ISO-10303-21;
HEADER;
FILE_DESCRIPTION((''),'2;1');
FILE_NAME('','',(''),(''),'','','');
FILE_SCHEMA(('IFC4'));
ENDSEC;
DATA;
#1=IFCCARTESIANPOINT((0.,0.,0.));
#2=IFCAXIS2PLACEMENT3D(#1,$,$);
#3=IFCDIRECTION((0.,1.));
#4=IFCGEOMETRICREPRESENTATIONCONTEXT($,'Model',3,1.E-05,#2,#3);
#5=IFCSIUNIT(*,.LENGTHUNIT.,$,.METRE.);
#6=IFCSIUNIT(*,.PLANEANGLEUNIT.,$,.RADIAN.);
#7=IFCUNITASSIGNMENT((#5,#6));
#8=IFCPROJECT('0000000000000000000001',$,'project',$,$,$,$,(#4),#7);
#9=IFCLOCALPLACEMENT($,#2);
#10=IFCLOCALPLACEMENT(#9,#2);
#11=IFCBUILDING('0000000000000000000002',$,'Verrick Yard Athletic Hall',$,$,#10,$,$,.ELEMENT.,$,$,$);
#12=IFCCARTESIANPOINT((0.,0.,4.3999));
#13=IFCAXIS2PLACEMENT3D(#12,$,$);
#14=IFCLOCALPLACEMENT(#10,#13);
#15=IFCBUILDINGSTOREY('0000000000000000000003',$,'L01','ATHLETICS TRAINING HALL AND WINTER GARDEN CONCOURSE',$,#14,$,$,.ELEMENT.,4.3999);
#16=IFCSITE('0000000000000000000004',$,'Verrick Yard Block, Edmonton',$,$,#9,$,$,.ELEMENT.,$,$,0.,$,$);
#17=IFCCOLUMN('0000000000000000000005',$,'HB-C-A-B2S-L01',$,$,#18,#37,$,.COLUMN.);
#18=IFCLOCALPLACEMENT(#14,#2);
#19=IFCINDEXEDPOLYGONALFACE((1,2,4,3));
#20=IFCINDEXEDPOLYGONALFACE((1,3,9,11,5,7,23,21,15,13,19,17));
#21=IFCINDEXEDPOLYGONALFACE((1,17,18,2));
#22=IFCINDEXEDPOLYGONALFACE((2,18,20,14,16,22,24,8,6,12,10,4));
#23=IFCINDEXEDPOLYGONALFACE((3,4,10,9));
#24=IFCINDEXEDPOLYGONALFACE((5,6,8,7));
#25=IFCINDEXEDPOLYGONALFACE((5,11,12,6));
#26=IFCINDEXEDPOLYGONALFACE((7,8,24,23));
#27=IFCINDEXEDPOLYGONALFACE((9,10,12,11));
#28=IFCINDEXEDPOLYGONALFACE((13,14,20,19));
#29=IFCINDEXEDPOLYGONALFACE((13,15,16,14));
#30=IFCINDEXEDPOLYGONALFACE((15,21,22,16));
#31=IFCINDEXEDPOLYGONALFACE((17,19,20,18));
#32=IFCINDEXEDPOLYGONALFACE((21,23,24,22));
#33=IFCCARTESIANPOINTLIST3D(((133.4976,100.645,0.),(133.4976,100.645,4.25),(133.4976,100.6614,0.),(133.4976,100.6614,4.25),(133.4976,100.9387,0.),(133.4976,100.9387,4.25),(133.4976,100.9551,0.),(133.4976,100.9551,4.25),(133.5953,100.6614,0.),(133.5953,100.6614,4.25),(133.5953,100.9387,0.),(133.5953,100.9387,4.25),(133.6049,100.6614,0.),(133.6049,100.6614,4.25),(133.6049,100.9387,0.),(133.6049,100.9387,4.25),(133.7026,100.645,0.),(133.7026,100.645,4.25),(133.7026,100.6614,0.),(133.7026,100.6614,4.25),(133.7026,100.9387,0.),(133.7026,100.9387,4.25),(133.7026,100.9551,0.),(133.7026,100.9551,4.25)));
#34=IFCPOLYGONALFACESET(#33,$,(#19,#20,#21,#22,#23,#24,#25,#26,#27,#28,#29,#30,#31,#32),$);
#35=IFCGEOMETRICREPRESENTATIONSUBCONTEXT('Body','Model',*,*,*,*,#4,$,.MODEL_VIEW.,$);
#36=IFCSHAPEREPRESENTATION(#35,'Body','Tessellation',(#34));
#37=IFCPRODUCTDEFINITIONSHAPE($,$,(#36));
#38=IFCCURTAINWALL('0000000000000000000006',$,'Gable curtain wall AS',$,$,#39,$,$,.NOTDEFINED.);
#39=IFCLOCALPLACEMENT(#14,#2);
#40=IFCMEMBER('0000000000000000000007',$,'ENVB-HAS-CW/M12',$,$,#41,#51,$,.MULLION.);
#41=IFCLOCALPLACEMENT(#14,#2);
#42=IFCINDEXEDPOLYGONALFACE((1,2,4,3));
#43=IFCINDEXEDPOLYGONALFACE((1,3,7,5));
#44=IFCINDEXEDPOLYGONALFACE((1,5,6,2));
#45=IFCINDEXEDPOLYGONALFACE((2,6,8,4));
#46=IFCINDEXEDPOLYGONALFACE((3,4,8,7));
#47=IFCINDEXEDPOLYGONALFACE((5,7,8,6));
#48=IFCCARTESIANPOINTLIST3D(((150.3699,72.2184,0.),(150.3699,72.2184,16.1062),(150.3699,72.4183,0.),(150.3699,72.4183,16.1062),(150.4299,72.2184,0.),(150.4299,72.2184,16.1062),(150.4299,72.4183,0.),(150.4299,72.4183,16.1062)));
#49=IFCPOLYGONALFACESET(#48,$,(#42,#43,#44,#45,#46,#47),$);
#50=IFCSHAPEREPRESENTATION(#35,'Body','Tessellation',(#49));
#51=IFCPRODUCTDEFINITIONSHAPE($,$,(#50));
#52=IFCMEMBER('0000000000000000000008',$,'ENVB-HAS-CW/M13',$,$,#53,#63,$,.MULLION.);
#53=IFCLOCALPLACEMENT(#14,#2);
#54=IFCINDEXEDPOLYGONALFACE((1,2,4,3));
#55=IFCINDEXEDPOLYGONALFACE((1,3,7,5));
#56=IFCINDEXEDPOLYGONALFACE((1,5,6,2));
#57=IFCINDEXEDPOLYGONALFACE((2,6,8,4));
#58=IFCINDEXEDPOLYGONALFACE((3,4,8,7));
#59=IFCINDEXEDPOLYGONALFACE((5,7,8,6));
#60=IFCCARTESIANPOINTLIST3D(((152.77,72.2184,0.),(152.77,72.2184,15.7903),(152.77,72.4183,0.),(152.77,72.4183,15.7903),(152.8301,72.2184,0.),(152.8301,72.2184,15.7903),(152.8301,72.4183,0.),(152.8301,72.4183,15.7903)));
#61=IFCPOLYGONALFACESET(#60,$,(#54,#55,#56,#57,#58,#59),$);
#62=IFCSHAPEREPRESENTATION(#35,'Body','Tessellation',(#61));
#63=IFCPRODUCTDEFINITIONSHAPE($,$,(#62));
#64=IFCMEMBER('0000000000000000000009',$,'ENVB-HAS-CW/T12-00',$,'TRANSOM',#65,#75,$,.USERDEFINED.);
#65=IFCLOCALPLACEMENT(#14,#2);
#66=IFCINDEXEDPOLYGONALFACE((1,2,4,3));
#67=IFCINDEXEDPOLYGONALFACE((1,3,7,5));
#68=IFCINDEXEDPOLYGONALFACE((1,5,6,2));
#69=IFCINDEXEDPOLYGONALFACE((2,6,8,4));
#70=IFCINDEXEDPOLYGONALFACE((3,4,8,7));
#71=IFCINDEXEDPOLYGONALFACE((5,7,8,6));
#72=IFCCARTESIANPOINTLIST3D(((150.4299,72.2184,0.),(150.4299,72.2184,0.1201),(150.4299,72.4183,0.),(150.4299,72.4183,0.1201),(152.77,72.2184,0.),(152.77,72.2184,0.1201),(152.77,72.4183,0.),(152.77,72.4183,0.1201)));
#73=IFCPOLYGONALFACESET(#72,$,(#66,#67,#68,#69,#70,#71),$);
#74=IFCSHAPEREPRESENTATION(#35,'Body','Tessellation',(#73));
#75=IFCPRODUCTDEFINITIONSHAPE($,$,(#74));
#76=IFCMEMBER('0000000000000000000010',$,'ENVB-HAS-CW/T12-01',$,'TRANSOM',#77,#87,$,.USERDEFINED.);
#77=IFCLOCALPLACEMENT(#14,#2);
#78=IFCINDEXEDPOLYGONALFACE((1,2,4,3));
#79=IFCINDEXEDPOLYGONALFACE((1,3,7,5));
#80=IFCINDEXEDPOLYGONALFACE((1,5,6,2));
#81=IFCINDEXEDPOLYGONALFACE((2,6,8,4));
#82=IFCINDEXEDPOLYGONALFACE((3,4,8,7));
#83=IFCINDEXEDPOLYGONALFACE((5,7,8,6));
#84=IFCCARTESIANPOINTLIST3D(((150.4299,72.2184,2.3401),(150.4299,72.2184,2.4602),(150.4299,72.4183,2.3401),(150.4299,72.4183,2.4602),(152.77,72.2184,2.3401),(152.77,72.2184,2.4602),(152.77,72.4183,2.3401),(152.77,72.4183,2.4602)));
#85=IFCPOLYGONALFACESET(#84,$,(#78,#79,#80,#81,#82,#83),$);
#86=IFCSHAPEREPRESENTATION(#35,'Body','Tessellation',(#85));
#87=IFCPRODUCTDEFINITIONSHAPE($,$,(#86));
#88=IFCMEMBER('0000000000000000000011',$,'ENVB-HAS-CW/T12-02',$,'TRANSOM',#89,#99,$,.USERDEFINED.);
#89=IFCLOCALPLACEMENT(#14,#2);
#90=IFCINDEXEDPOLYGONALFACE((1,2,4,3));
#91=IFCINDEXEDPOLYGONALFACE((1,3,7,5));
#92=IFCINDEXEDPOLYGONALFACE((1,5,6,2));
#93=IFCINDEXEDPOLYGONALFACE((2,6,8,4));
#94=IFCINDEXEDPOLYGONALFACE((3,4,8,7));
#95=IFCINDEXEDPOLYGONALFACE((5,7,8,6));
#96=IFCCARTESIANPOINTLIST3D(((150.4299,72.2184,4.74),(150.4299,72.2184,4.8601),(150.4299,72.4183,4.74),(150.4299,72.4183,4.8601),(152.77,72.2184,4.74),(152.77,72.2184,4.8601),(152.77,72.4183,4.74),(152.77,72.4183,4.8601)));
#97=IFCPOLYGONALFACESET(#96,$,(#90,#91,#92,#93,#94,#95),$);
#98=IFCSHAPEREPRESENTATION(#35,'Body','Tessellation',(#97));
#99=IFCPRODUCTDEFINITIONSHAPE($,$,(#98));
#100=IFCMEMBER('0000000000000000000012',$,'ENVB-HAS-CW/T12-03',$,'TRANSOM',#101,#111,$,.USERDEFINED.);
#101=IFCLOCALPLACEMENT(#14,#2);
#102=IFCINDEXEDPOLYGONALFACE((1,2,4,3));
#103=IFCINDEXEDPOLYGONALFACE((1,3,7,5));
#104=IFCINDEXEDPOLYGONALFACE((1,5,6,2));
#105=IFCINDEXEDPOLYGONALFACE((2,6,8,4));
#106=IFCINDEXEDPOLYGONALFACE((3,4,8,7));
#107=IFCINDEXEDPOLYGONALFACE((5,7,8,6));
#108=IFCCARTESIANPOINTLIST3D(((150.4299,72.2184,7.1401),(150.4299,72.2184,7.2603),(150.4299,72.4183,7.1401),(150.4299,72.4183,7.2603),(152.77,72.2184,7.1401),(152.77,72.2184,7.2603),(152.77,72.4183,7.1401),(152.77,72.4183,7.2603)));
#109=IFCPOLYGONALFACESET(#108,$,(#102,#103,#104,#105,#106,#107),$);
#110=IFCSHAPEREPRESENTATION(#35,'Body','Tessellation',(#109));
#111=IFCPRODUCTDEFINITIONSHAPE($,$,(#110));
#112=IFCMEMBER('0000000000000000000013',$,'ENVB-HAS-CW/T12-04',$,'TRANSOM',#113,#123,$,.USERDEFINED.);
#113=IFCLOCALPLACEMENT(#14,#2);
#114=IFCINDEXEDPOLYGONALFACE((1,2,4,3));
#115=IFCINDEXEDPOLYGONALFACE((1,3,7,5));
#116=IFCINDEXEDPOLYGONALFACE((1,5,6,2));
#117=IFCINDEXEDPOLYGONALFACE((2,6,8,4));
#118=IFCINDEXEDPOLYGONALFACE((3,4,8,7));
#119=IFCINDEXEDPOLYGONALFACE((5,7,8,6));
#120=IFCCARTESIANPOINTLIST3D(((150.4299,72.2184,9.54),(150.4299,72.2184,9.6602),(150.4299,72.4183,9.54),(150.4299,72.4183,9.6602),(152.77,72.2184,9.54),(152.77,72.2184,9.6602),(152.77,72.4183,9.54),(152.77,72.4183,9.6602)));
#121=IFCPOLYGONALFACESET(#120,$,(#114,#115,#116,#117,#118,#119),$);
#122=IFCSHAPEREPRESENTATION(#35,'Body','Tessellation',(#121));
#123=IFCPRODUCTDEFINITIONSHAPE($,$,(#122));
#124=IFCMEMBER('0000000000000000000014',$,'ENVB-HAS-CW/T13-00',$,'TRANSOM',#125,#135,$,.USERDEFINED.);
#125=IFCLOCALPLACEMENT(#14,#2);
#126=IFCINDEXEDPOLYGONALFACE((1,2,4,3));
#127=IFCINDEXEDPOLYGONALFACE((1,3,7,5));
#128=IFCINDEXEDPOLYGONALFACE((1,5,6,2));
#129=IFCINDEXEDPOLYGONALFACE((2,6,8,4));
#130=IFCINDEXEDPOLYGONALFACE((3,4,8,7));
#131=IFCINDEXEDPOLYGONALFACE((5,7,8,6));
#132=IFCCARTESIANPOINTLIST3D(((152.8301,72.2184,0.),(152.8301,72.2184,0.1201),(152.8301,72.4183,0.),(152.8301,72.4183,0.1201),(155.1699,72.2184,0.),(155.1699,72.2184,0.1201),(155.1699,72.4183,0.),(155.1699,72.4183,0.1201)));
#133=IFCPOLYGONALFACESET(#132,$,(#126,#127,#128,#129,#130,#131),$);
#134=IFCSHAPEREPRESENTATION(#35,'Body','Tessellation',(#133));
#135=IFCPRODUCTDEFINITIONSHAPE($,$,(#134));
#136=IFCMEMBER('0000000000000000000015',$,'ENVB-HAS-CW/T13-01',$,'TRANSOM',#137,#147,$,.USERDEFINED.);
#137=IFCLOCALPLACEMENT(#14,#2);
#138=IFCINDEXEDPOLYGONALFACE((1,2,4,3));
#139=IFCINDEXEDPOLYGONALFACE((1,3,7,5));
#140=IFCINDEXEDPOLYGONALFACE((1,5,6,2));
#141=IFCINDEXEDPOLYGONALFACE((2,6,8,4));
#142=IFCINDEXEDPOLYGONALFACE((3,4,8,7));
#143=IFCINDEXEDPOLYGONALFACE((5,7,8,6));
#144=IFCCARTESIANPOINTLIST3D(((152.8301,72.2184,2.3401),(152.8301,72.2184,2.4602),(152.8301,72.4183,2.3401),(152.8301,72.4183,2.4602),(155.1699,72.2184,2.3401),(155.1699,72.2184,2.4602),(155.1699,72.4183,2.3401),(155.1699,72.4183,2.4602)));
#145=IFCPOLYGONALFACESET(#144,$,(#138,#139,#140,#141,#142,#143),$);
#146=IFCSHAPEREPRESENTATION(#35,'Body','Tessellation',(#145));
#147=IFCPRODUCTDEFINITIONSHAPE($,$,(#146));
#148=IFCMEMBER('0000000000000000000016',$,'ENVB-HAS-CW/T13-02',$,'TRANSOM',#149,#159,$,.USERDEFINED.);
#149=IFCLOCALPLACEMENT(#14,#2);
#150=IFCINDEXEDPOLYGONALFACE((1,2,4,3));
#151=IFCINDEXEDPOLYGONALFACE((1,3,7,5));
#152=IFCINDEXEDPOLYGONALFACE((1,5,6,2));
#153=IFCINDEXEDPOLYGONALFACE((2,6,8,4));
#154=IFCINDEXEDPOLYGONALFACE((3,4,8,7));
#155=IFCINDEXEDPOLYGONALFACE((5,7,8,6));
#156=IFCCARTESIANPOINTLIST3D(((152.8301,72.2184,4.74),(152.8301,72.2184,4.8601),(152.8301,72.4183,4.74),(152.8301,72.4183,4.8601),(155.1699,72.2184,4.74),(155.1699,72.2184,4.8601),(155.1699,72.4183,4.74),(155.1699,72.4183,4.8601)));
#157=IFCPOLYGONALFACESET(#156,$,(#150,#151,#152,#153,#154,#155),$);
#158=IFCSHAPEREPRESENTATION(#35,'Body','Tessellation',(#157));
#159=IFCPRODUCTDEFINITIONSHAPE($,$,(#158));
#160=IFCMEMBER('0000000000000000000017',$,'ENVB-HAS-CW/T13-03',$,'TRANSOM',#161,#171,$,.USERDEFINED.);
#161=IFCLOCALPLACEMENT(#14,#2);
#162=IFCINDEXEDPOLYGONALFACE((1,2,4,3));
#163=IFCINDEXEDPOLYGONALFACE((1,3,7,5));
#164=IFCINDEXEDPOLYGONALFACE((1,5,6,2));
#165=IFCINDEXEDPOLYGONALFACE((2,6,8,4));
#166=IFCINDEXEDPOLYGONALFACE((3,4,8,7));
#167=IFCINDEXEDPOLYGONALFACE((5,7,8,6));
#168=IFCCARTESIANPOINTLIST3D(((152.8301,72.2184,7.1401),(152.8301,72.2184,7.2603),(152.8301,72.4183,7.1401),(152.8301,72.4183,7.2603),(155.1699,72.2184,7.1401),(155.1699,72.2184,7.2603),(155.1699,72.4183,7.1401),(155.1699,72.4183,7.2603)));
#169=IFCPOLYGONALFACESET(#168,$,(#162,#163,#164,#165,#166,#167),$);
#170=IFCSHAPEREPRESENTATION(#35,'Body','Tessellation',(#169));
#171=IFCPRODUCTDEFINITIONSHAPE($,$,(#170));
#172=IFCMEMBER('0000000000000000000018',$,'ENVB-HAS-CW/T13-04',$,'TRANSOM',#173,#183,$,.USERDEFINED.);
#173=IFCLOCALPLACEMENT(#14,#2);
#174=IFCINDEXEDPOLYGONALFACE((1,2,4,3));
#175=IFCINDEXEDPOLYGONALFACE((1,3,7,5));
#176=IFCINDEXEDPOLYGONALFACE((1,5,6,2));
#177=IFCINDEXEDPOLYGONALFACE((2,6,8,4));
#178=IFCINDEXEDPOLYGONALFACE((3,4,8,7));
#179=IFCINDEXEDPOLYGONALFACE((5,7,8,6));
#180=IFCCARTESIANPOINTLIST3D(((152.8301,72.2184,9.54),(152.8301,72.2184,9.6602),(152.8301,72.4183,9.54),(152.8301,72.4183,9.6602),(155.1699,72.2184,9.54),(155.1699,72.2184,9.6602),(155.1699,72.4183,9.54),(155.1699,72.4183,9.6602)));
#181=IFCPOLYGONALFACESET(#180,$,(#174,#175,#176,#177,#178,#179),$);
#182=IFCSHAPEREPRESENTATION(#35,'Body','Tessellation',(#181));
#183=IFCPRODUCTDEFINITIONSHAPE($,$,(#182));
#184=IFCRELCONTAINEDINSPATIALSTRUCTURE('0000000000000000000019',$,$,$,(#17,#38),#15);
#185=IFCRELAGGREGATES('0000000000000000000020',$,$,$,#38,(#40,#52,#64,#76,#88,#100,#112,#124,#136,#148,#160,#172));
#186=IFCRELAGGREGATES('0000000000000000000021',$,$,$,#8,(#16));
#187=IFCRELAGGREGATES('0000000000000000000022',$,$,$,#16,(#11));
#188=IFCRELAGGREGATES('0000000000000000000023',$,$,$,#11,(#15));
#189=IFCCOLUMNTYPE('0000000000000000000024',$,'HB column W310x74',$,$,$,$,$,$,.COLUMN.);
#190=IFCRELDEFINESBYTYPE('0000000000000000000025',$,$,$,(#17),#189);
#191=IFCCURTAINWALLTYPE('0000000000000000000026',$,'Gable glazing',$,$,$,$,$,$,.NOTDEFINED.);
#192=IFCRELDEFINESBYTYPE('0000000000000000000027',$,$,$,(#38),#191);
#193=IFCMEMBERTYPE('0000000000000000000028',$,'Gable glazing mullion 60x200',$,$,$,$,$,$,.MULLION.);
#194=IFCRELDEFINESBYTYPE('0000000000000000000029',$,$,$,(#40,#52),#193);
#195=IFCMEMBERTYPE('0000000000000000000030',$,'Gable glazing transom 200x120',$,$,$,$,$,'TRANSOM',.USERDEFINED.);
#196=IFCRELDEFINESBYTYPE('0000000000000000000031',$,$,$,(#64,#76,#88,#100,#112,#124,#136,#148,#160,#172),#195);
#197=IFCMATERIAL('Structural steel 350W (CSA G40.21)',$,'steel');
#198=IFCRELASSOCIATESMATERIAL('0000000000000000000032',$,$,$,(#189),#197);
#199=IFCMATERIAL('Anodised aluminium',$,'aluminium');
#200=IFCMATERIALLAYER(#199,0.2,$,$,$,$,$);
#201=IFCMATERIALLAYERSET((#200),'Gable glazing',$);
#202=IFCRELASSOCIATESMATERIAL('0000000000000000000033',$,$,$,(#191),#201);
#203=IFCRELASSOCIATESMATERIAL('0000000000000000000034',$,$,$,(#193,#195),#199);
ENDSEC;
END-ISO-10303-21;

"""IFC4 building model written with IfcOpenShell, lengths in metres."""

from ifc_helpers import new_model, si_unit, direction, frame, origin, origin_2d, place, context, subcontext, project, spatial, rectangle, i_section, extrude, material, layer, layer_set, material_profile, profile_set, type_object, element, aggregate, save


model = new_model("IFC4")

# Units and contexts
model_context = context("Model", 3, precision=1e-05, world=origin(), true_north=direction((0.0, 1.0)))
body_context = subcontext(model_context, "Body", "Model", "MODEL_VIEW")
ifc_project = project(units=[si_unit("LENGTHUNIT", "METRE"), si_unit("PLANEANGLEUNIT", "RADIAN")], contexts=[model_context])

# Site, building, storey
site_placement = place(None, origin())
site = spatial("IfcSite", under=ifc_project, at=site_placement, Name="Verrick Yard Block, Edmonton", CompositionType="ELEMENT", RefElevation=0.0)
building_placement = place(site_placement, origin())
building = spatial("IfcBuilding", under=site, at=building_placement, Name="Verrick Yard Athletic Hall", CompositionType="ELEMENT")
storey_placement = place(building_placement, frame((0.0, 0.0, 4.3999)))
storey = spatial("IfcBuildingStorey", under=building, at=storey_placement, Name="L01", Description="ATHLETICS TRAINING HALL AND WINTER GARDEN CONCOURSE", CompositionType="ELEMENT", Elevation=4.3999)

# Column
ifc_material_1 = material(Name="Structural steel 350W (CSA G40.21)", Category="steel")
ifc_material_profile_1 = material_profile(ifc_material_1, i_section(OverallWidth=0.2051, OverallDepth=0.3101, WebThickness=0.0095, FlangeThickness=0.0164, at=origin_2d()), Name="W310x74")
ifc_profile_set_1 = profile_set([ifc_material_profile_1], Name="Structural steel 350W (CSA G40.21)")
column_type = type_object("IfcColumnType", Name="HB column W310x74", PredefinedType="COLUMN", material=ifc_profile_set_1)
column_placement = place(storey_placement, frame((133.6001, 100.8, 0.0), z_axis=(0.0, 0.0, 1.0), x_axis=(1.0, 0.0, 0.0)))
element("IfcColumn", 1, at=column_placement, inside=storey, type_object=column_type, Name="HB-C-A-B2S-L01", PredefinedType="COLUMN", context=body_context, shape_type="SweptSolid", body=[
    extrude(i_section(OverallWidth=0.2051, OverallDepth=0.3101, WebThickness=0.0095, FlangeThickness=0.0164, at=origin_2d()), origin(), (0.0, 0.0, 1.0), 4.25),
])

# Curtain wall, members
ifc_material_2 = material(Name="Anodised aluminium", Category="aluminium")
ifc_layer_1 = layer(ifc_material_2, 0.2)
ifc_layer_set_1 = layer_set([ifc_layer_1], Name="Gable glazing")
curtain_wall_type = type_object("IfcCurtainWallType", Name="Gable glazing", PredefinedType="NOTDEFINED", material=ifc_layer_set_1)
curtain_wall_placement = place(storey_placement, origin())
curtain_wall = element("IfcCurtainWall", 2, at=curtain_wall_placement, inside=storey, type_object=curtain_wall_type, Name="Gable curtain wall AS", PredefinedType="NOTDEFINED")
ifc_material_profile_2 = material_profile(ifc_material_2, rectangle(XDim=0.2, YDim=0.0601, at=origin_2d()), Name="CW gable mullion 60x200")
ifc_profile_set_2 = profile_set([ifc_material_profile_2], Name="Anodised aluminium")
member_type_1 = type_object("IfcMemberType", Name="Gable glazing mullion 60x200", PredefinedType="MULLION", material=ifc_profile_set_2)
member_1_placement = place(storey_placement, frame((150.3999, 72.3184, 0.0), z_axis=(0.0, 0.0, 1.0), x_axis=(0.0, 1.0, 0.0)))
member_1 = element("IfcMember", 3, at=member_1_placement, type_object=member_type_1, Name="ENVB-HAS-CW/M12", PredefinedType="MULLION", context=body_context, shape_type="SweptSolid", body=[
    extrude(rectangle(XDim=0.2, YDim=0.0601, at=origin_2d()), origin(), (0.0, 0.0, 1.0), 16.1062),
])
member_2_placement = place(storey_placement, frame((152.8, 72.3184, 0.0), z_axis=(0.0, 0.0, 1.0), x_axis=(0.0, 1.0, 0.0)))
member_2 = element("IfcMember", 4, at=member_2_placement, type_object=member_type_1, Name="ENVB-HAS-CW/M13", PredefinedType="MULLION", context=body_context, shape_type="SweptSolid", body=[
    extrude(rectangle(XDim=0.2, YDim=0.0601, at=origin_2d()), origin(), (0.0, 0.0, 1.0), 15.7903),
])
ifc_material_profile_3 = material_profile(ifc_material_2, rectangle(XDim=0.2, YDim=0.1201, at=origin_2d()), Name="CW gable transom 200x120")
ifc_profile_set_3 = profile_set([ifc_material_profile_3], Name="Anodised aluminium")
member_type_2 = type_object("IfcMemberType", Name="Gable glazing transom 200x120", ElementType="TRANSOM", PredefinedType="USERDEFINED", material=ifc_profile_set_3)
member_3_placement = place(storey_placement, frame((150.4299, 72.3184, 0.0601), z_axis=(1.0, 0.0, 0.0), x_axis=(0.0, 1.0, 0.0)))
member_3 = element("IfcMember", 5, at=member_3_placement, type_object=member_type_2, Name="ENVB-HAS-CW/T12-00", ObjectType="TRANSOM", PredefinedType="USERDEFINED", context=body_context, shape_type="SweptSolid", body=[
    extrude(rectangle(XDim=0.2, YDim=0.1201, at=origin_2d()), origin(), (0.0, 0.0, 1.0), 2.3401),
])
member_4_placement = place(storey_placement, frame((150.4299, 72.3184, 2.4001), z_axis=(1.0, 0.0, 0.0), x_axis=(0.0, 1.0, 0.0)))
member_4 = element("IfcMember", 6, at=member_4_placement, type_object=member_type_2, Name="ENVB-HAS-CW/T12-01", ObjectType="TRANSOM", PredefinedType="USERDEFINED", context=body_context, shape_type="SweptSolid", body=[
    extrude(rectangle(XDim=0.2, YDim=0.1201, at=origin_2d()), origin(), (0.0, 0.0, 1.0), 2.3401),
])
member_5_placement = place(storey_placement, frame((150.4299, 72.3184, 4.8), z_axis=(1.0, 0.0, 0.0), x_axis=(0.0, 1.0, 0.0)))
member_5 = element("IfcMember", 7, at=member_5_placement, type_object=member_type_2, Name="ENVB-HAS-CW/T12-02", ObjectType="TRANSOM", PredefinedType="USERDEFINED", context=body_context, shape_type="SweptSolid", body=[
    extrude(rectangle(XDim=0.2, YDim=0.1201, at=origin_2d()), origin(), (0.0, 0.0, 1.0), 2.3401),
])
member_6_placement = place(storey_placement, frame((150.4299, 72.3184, 7.2002), z_axis=(1.0, 0.0, 0.0), x_axis=(0.0, 1.0, 0.0)))
member_6 = element("IfcMember", 8, at=member_6_placement, type_object=member_type_2, Name="ENVB-HAS-CW/T12-03", ObjectType="TRANSOM", PredefinedType="USERDEFINED", context=body_context, shape_type="SweptSolid", body=[
    extrude(rectangle(XDim=0.2, YDim=0.1201, at=origin_2d()), origin(), (0.0, 0.0, 1.0), 2.3401),
])
member_7_placement = place(storey_placement, frame((150.4299, 72.3184, 9.6001), z_axis=(1.0, 0.0, 0.0), x_axis=(0.0, 1.0, 0.0)))
member_7 = element("IfcMember", 9, at=member_7_placement, type_object=member_type_2, Name="ENVB-HAS-CW/T12-04", ObjectType="TRANSOM", PredefinedType="USERDEFINED", context=body_context, shape_type="SweptSolid", body=[
    extrude(rectangle(XDim=0.2, YDim=0.1201, at=origin_2d()), origin(), (0.0, 0.0, 1.0), 2.3401),
])
member_8_placement = place(storey_placement, frame((152.8301, 72.3184, 0.0601), z_axis=(1.0, 0.0, 0.0), x_axis=(0.0, 1.0, 0.0)))
member_8 = element("IfcMember", 10, at=member_8_placement, type_object=member_type_2, Name="ENVB-HAS-CW/T13-00", ObjectType="TRANSOM", PredefinedType="USERDEFINED", context=body_context, shape_type="SweptSolid", body=[
    extrude(rectangle(XDim=0.2, YDim=0.1201, at=origin_2d()), origin(), (0.0, 0.0, 1.0), 2.3398),
])
member_9_placement = place(storey_placement, frame((152.8301, 72.3184, 2.4001), z_axis=(1.0, 0.0, 0.0), x_axis=(0.0, 1.0, 0.0)))
member_9 = element("IfcMember", 11, at=member_9_placement, type_object=member_type_2, Name="ENVB-HAS-CW/T13-01", ObjectType="TRANSOM", PredefinedType="USERDEFINED", context=body_context, shape_type="SweptSolid", body=[
    extrude(rectangle(XDim=0.2, YDim=0.1201, at=origin_2d()), origin(), (0.0, 0.0, 1.0), 2.3398),
])
member_10_placement = place(storey_placement, frame((152.8301, 72.3184, 4.8), z_axis=(1.0, 0.0, 0.0), x_axis=(0.0, 1.0, 0.0)))
member_10 = element("IfcMember", 12, at=member_10_placement, type_object=member_type_2, Name="ENVB-HAS-CW/T13-02", ObjectType="TRANSOM", PredefinedType="USERDEFINED", context=body_context, shape_type="SweptSolid", body=[
    extrude(rectangle(XDim=0.2, YDim=0.1201, at=origin_2d()), origin(), (0.0, 0.0, 1.0), 2.3398),
])
member_11_placement = place(storey_placement, frame((152.8301, 72.3184, 7.2002), z_axis=(1.0, 0.0, 0.0), x_axis=(0.0, 1.0, 0.0)))
member_11 = element("IfcMember", 13, at=member_11_placement, type_object=member_type_2, Name="ENVB-HAS-CW/T13-03", ObjectType="TRANSOM", PredefinedType="USERDEFINED", context=body_context, shape_type="SweptSolid", body=[
    extrude(rectangle(XDim=0.2, YDim=0.1201, at=origin_2d()), origin(), (0.0, 0.0, 1.0), 2.3398),
])
member_12_placement = place(storey_placement, frame((152.8301, 72.3184, 9.6001), z_axis=(1.0, 0.0, 0.0), x_axis=(0.0, 1.0, 0.0)))
member_12 = element("IfcMember", 14, at=member_12_placement, type_object=member_type_2, Name="ENVB-HAS-CW/T13-04", ObjectType="TRANSOM", PredefinedType="USERDEFINED", context=body_context, shape_type="SweptSolid", body=[
    extrude(rectangle(XDim=0.2, YDim=0.1201, at=origin_2d()), origin(), (0.0, 0.0, 1.0), 2.3398),
])

aggregate(curtain_wall, [member_1, member_2, member_3, member_4, member_5, member_6, member_7, member_8, member_9, member_10, member_11, member_12])

save(model, "model.ifc")
